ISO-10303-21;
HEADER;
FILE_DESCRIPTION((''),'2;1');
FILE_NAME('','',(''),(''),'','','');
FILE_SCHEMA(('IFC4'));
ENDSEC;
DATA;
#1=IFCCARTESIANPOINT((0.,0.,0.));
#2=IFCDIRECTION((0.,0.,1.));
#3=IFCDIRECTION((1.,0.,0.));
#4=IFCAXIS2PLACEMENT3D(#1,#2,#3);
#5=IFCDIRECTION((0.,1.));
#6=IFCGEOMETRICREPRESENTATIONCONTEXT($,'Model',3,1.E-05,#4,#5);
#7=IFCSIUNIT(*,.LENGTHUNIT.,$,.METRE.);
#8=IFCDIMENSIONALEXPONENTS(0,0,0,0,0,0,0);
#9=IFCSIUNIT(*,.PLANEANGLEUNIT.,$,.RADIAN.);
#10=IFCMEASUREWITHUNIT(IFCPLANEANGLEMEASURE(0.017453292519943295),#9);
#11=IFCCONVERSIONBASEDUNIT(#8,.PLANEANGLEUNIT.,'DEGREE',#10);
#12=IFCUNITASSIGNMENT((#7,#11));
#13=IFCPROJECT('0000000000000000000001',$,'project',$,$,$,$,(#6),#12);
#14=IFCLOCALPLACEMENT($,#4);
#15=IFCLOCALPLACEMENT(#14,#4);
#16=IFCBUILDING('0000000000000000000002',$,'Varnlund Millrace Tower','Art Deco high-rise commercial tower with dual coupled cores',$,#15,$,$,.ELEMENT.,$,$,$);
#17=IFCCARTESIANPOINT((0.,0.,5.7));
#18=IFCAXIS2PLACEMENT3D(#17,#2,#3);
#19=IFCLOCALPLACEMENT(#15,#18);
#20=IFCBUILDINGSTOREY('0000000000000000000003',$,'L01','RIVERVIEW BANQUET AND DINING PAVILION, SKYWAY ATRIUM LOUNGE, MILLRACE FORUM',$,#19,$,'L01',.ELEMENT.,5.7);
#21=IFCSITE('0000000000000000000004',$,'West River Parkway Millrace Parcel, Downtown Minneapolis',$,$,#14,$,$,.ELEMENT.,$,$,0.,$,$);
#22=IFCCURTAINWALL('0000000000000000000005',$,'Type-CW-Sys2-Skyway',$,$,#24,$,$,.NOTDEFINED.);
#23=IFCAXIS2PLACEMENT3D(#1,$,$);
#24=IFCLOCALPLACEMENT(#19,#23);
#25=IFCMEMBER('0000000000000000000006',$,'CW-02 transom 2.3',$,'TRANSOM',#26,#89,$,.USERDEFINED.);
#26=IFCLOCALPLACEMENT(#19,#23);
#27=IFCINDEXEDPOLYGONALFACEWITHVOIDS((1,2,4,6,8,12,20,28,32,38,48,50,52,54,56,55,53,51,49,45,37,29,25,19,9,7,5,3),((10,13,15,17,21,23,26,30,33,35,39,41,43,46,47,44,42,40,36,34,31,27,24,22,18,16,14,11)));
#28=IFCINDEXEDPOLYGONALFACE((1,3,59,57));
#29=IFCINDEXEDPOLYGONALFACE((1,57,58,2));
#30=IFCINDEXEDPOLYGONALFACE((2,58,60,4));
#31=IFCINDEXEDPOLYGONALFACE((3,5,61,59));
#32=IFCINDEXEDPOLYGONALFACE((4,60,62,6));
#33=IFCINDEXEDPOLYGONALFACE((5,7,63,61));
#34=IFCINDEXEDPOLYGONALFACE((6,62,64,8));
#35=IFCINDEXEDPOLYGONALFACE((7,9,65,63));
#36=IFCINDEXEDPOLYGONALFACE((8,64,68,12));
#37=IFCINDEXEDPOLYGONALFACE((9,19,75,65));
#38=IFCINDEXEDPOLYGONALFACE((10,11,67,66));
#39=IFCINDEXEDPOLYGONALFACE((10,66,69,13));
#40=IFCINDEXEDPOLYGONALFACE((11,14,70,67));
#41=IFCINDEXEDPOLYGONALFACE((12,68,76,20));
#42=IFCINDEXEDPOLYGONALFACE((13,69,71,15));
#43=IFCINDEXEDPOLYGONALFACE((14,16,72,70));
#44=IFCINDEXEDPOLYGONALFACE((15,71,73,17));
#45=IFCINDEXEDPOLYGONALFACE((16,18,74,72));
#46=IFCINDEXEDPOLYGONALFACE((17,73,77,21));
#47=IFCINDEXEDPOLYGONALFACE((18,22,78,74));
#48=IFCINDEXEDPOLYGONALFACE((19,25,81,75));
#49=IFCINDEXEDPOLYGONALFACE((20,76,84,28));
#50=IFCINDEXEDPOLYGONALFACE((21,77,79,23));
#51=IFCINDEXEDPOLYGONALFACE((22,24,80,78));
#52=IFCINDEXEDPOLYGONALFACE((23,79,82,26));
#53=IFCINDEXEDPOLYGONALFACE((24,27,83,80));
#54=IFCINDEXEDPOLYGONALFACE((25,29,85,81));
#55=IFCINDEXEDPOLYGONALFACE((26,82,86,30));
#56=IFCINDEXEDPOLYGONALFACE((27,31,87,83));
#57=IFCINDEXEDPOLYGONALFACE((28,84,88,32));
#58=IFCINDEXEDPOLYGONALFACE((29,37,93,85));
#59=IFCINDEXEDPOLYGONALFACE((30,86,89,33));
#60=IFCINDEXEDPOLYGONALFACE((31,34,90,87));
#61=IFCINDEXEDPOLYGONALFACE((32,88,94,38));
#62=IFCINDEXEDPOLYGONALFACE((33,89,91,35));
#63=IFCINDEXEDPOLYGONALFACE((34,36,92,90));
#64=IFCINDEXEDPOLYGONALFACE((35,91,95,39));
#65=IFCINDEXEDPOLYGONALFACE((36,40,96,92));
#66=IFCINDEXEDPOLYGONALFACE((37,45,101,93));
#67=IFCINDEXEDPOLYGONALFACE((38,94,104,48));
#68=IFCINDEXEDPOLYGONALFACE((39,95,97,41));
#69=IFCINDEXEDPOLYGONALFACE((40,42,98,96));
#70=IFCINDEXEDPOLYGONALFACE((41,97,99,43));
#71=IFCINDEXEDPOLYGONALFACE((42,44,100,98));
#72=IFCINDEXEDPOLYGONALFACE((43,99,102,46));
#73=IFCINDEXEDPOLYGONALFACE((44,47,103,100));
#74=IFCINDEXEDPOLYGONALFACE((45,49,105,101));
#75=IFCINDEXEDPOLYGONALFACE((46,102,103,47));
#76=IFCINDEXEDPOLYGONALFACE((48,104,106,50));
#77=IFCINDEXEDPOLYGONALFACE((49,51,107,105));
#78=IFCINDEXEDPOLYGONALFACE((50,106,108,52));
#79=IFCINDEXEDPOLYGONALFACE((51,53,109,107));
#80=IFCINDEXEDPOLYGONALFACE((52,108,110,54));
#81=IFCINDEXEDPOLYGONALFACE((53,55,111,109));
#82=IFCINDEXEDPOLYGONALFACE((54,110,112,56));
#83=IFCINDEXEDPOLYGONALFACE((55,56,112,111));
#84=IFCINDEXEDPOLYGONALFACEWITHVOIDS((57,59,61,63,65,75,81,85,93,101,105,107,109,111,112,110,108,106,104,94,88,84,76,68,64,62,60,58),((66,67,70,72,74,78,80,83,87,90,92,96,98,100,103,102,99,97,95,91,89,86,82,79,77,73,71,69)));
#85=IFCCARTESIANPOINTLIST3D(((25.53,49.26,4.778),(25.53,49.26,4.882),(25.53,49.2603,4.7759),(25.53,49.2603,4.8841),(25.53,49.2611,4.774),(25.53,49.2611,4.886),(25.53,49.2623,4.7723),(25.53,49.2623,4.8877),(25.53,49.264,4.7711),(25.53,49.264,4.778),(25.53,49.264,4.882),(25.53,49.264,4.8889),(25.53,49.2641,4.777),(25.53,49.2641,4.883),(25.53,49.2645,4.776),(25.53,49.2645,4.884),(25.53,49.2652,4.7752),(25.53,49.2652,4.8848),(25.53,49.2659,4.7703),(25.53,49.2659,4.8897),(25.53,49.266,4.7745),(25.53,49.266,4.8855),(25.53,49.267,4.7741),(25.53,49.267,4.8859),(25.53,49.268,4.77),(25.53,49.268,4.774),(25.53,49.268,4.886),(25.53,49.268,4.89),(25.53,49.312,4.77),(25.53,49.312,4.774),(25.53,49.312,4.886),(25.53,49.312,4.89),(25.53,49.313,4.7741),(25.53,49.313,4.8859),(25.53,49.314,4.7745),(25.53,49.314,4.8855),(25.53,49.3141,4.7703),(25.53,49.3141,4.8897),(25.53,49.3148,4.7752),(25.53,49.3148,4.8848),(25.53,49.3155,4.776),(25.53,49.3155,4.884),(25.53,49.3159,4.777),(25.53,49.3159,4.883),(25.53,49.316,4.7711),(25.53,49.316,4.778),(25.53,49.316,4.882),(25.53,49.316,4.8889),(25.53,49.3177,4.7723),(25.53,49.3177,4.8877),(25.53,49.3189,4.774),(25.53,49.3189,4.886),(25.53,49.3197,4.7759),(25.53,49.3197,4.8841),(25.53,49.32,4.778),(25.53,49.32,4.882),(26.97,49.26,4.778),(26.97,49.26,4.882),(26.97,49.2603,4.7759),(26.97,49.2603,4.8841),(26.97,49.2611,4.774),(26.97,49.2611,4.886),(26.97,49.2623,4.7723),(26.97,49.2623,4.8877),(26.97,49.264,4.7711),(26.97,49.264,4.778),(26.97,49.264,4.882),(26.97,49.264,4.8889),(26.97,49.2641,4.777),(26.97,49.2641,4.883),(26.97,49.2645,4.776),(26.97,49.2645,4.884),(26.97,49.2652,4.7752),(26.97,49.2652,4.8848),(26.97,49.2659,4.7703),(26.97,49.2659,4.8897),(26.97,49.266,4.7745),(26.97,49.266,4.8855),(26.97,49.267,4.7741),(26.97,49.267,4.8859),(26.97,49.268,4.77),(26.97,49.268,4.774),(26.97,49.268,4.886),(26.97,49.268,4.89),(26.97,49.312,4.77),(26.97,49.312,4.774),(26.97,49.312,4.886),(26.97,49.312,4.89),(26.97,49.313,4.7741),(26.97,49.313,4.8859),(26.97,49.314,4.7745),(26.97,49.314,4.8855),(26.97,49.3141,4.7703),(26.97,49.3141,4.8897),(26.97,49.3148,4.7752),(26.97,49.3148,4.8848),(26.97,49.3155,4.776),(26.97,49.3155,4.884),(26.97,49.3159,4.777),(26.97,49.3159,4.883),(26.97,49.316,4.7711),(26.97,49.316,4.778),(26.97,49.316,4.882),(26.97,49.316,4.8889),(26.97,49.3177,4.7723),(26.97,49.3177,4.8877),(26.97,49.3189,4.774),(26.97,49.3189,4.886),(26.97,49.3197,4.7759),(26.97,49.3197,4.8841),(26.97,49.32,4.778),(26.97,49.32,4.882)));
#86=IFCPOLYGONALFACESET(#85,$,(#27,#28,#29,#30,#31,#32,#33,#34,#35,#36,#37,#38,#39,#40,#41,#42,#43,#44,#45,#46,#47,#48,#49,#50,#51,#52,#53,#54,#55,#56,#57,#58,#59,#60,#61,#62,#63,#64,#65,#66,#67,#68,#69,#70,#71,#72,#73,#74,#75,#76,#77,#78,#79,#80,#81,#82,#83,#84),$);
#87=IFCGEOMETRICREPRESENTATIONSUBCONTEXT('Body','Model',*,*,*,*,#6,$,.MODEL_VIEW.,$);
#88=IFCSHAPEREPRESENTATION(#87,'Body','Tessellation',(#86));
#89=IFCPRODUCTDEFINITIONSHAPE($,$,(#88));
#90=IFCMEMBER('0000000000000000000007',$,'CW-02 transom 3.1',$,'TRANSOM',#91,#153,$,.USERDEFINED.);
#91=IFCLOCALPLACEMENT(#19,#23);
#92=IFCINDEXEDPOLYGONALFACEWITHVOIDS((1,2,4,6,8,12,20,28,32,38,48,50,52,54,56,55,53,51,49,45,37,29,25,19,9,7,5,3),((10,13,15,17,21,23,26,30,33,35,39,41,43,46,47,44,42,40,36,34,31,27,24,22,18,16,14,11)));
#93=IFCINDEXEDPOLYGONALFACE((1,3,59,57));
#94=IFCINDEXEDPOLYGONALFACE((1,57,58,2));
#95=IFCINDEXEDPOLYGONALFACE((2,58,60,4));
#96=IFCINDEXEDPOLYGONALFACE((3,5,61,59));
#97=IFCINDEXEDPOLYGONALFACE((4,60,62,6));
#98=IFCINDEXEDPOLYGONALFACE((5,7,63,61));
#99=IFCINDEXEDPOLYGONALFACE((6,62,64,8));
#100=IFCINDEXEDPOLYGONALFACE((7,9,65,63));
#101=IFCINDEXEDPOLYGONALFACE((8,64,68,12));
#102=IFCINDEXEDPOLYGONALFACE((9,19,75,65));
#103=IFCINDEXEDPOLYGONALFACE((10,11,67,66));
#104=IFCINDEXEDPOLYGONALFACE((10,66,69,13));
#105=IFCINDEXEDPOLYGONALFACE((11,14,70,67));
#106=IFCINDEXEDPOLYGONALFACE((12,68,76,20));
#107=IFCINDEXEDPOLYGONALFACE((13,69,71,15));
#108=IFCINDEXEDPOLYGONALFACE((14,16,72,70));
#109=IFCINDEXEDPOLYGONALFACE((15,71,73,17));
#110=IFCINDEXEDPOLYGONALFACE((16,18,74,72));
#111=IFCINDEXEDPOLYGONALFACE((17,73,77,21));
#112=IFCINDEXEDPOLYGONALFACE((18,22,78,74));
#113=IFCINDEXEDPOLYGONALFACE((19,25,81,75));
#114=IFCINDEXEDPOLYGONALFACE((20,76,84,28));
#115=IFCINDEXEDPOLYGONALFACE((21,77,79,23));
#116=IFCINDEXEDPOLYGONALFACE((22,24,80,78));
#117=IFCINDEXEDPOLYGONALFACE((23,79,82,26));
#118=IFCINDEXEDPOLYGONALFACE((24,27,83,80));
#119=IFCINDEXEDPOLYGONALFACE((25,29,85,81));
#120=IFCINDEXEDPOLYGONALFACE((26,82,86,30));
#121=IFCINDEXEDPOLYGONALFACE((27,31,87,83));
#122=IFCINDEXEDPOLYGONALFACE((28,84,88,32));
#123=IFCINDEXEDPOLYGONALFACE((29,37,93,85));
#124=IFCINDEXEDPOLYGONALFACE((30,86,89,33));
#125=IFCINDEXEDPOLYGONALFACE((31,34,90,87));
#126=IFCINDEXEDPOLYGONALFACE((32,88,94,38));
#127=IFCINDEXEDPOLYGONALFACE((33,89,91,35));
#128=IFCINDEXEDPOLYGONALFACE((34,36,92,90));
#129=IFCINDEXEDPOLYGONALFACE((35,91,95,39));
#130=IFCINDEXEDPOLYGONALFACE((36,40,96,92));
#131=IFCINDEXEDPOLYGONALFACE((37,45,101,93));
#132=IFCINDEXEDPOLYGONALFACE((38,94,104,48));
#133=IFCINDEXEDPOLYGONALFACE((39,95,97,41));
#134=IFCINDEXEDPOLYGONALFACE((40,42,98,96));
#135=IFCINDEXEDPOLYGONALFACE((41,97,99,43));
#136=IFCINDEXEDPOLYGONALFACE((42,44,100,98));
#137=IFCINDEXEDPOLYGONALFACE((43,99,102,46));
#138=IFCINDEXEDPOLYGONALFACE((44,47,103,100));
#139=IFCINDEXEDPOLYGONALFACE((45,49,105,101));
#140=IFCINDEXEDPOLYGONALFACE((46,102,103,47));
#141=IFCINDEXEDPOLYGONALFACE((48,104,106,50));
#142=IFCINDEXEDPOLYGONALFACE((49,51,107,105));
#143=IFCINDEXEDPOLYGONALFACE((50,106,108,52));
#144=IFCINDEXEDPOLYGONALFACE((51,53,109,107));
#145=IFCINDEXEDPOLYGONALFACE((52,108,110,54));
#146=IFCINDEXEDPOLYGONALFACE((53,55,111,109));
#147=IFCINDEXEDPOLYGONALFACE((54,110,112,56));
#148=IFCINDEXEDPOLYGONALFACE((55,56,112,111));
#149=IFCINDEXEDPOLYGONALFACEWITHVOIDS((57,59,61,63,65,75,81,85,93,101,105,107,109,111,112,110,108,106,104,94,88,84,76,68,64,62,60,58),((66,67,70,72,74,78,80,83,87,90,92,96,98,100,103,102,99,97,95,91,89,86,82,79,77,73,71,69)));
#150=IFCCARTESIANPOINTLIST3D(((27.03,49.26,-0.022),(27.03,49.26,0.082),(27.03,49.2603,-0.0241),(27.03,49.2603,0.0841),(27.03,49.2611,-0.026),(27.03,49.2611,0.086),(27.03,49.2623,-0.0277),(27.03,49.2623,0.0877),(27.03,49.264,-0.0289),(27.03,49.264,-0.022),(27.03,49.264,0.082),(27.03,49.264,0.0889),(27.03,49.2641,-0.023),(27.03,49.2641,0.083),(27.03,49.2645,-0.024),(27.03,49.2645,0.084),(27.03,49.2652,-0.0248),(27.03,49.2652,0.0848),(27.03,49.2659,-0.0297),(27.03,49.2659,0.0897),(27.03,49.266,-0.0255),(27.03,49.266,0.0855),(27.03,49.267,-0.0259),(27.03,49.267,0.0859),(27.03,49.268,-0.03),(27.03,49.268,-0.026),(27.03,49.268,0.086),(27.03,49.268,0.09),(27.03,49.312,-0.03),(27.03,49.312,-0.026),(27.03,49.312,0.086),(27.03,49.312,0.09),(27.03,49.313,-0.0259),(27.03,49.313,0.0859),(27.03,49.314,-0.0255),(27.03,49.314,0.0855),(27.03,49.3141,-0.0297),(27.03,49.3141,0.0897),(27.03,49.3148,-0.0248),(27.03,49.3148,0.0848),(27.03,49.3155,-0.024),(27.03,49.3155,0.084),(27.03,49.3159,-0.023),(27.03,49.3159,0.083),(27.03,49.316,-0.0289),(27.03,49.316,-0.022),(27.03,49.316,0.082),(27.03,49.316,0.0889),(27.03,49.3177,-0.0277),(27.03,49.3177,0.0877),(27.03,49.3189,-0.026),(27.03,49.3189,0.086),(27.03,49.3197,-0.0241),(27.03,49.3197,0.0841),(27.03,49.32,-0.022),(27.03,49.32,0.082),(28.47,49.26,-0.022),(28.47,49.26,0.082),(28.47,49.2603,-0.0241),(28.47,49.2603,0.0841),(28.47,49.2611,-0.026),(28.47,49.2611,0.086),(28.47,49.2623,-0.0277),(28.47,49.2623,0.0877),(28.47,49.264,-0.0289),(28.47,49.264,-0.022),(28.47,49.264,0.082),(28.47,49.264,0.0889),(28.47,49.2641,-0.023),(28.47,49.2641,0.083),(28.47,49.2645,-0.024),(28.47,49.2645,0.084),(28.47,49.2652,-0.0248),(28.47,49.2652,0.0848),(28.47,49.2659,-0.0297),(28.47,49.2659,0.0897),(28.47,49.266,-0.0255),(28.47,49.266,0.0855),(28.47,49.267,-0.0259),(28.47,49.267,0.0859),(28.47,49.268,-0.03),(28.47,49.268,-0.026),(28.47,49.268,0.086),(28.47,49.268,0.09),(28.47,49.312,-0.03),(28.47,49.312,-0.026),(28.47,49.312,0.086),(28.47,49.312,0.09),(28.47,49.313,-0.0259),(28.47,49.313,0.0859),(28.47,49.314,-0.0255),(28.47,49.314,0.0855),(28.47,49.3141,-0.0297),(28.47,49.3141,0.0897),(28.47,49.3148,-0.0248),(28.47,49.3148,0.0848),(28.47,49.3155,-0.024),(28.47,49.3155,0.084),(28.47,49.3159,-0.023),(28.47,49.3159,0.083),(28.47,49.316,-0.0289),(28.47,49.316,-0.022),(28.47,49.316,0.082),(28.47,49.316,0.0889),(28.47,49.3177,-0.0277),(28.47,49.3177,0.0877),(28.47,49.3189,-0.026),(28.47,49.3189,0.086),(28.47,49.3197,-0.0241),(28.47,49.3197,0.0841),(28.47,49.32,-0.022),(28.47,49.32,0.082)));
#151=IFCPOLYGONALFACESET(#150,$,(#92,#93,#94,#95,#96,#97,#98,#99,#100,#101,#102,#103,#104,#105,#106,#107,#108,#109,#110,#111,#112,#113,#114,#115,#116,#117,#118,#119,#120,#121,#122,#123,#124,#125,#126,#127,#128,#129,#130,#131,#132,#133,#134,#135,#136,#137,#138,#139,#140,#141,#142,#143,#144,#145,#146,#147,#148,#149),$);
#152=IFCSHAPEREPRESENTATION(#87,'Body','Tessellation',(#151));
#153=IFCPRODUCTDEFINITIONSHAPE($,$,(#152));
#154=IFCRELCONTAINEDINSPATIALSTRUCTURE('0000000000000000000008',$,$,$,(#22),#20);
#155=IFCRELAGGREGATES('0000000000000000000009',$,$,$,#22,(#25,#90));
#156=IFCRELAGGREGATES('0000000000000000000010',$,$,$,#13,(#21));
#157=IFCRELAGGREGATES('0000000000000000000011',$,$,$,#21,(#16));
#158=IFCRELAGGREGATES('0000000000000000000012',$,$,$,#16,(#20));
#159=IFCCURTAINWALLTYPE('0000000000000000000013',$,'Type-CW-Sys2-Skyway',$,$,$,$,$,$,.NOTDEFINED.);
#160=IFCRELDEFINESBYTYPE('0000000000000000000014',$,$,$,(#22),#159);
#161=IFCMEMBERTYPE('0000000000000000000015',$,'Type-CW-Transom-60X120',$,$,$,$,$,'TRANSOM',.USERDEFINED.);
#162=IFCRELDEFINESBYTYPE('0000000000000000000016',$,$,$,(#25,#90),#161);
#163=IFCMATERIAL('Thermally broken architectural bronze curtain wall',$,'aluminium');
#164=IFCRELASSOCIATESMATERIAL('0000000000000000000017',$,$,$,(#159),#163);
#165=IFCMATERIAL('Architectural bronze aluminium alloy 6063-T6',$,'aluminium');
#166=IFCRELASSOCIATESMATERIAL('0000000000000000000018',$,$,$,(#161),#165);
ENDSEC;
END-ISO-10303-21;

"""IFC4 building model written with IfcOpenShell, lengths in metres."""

from ifc_helpers import new_model, entity, si_unit, converted_unit, direction, frame, origin_with_axes, origin_2d_with_axis, place, context, subcontext, project, spatial, hollow_rectangle, extrude, material, material_profile, profile_set, type_object, element, aggregate, save


model = new_model("IFC4")

# Units and contexts
model_context = context("Model", 3, precision=1e-05, world=origin_with_axes(), true_north=direction((0.0, 1.0)))
body_context = subcontext(model_context, "Body", "Model", "MODEL_VIEW")
ifc_project = project(units=[si_unit("LENGTHUNIT", "METRE"), converted_unit("PLANEANGLEUNIT", "DEGREE", entity("IfcPlaneAngleMeasure", 0.017453292519943295), si_unit("PLANEANGLEUNIT", "RADIAN"), dimensions=[0, 0, 0, 0, 0, 0, 0])], contexts=[model_context])

# Site, building, storey
site_placement = place(None, origin_with_axes())
site = spatial("IfcSite", under=ifc_project, at=site_placement, Name="West River Parkway Millrace Parcel, Downtown Minneapolis", CompositionType="ELEMENT", RefElevation=0.0)
building_placement = place(site_placement, origin_with_axes())
building = spatial("IfcBuilding", under=site, at=building_placement, Name="Varnlund Millrace Tower", Description="Art Deco high-rise commercial tower with dual coupled cores", CompositionType="ELEMENT")
storey_placement = place(building_placement, frame((0.0, 0.0, 5.7), z_axis=(0.0, 0.0, 1.0), x_axis=(1.0, 0.0, 0.0)))
storey = spatial("IfcBuildingStorey", under=building, at=storey_placement, Name="L01", Description="RIVERVIEW BANQUET AND DINING PAVILION, SKYWAY ATRIUM LOUNGE, MILLRACE FORUM", LongName="L01", CompositionType="ELEMENT", Elevation=5.7)

# Curtain wall, members
ifc_material_1 = material(Name="Thermally broken architectural bronze curtain wall", Category="aluminium")
curtain_wall_type = type_object("IfcCurtainWallType", Name="Type-CW-Sys2-Skyway", PredefinedType="NOTDEFINED", material=ifc_material_1)
curtain_wall_placement = place(storey_placement, frame((24.0, 49.29, 0.0), z_axis=(0.0, 0.0, 1.0), x_axis=(1.0, 0.0, 0.0)))
curtain_wall = element("IfcCurtainWall", 1, at=curtain_wall_placement, inside=storey, type_object=curtain_wall_type, Name="Type-CW-Sys2-Skyway", PredefinedType="NOTDEFINED")
ifc_material_2 = material(Name="Architectural bronze aluminium alloy 6063-T6", Category="aluminium")
ifc_material_profile_1 = material_profile(ifc_material_2, hollow_rectangle(XDim=0.06, YDim=0.12, WallThickness=0.004, InnerFilletRadius=0.004, OuterFilletRadius=0.008, at=origin_2d_with_axis()), Name="Architectural bronze aluminium alloy 6063-T6")
ifc_profile_set_1 = profile_set([ifc_material_profile_1], Name="Architectural bronze aluminium alloy 6063-T6")
member_type_1 = type_object("IfcMemberType", Name="Type-CW-Transom-60X120", ElementType="TRANSOM", PredefinedType="USERDEFINED", material=ifc_profile_set_1)
member_1_placement = place(storey_placement, frame((25.53, 49.29, 4.83), z_axis=(1.0, 0.0, 0.0), x_axis=(0.0, 1.0, 0.0)))
member_1 = element("IfcMember", 2, at=member_1_placement, type_object=member_type_1, Name="CW-02 transom 2.3", ObjectType="TRANSOM", PredefinedType="USERDEFINED", context=body_context, shape_type="SweptSolid", body=[
    extrude(hollow_rectangle(XDim=0.06, YDim=0.12, WallThickness=0.004, InnerFilletRadius=0.004, OuterFilletRadius=0.008, at=origin_2d_with_axis()), origin_with_axes(), (0.0, 0.0, 1.0), 1.44),
])
member_2_placement = place(storey_placement, frame((27.03, 49.29, 0.03), z_axis=(1.0, 0.0, 0.0), x_axis=(0.0, 1.0, 0.0)))
member_2 = element("IfcMember", 3, at=member_2_placement, type_object=member_type_1, Name="CW-02 transom 3.1", ObjectType="TRANSOM", PredefinedType="USERDEFINED", context=body_context, shape_type="SweptSolid", body=[
    extrude(hollow_rectangle(XDim=0.06, YDim=0.12, WallThickness=0.004, InnerFilletRadius=0.004, OuterFilletRadius=0.008, at=origin_2d_with_axis()), origin_with_axes(), (0.0, 0.0, 1.0), 1.44),
])

aggregate(curtain_wall, [member_1, member_2])

save(model, "model.ifc")
